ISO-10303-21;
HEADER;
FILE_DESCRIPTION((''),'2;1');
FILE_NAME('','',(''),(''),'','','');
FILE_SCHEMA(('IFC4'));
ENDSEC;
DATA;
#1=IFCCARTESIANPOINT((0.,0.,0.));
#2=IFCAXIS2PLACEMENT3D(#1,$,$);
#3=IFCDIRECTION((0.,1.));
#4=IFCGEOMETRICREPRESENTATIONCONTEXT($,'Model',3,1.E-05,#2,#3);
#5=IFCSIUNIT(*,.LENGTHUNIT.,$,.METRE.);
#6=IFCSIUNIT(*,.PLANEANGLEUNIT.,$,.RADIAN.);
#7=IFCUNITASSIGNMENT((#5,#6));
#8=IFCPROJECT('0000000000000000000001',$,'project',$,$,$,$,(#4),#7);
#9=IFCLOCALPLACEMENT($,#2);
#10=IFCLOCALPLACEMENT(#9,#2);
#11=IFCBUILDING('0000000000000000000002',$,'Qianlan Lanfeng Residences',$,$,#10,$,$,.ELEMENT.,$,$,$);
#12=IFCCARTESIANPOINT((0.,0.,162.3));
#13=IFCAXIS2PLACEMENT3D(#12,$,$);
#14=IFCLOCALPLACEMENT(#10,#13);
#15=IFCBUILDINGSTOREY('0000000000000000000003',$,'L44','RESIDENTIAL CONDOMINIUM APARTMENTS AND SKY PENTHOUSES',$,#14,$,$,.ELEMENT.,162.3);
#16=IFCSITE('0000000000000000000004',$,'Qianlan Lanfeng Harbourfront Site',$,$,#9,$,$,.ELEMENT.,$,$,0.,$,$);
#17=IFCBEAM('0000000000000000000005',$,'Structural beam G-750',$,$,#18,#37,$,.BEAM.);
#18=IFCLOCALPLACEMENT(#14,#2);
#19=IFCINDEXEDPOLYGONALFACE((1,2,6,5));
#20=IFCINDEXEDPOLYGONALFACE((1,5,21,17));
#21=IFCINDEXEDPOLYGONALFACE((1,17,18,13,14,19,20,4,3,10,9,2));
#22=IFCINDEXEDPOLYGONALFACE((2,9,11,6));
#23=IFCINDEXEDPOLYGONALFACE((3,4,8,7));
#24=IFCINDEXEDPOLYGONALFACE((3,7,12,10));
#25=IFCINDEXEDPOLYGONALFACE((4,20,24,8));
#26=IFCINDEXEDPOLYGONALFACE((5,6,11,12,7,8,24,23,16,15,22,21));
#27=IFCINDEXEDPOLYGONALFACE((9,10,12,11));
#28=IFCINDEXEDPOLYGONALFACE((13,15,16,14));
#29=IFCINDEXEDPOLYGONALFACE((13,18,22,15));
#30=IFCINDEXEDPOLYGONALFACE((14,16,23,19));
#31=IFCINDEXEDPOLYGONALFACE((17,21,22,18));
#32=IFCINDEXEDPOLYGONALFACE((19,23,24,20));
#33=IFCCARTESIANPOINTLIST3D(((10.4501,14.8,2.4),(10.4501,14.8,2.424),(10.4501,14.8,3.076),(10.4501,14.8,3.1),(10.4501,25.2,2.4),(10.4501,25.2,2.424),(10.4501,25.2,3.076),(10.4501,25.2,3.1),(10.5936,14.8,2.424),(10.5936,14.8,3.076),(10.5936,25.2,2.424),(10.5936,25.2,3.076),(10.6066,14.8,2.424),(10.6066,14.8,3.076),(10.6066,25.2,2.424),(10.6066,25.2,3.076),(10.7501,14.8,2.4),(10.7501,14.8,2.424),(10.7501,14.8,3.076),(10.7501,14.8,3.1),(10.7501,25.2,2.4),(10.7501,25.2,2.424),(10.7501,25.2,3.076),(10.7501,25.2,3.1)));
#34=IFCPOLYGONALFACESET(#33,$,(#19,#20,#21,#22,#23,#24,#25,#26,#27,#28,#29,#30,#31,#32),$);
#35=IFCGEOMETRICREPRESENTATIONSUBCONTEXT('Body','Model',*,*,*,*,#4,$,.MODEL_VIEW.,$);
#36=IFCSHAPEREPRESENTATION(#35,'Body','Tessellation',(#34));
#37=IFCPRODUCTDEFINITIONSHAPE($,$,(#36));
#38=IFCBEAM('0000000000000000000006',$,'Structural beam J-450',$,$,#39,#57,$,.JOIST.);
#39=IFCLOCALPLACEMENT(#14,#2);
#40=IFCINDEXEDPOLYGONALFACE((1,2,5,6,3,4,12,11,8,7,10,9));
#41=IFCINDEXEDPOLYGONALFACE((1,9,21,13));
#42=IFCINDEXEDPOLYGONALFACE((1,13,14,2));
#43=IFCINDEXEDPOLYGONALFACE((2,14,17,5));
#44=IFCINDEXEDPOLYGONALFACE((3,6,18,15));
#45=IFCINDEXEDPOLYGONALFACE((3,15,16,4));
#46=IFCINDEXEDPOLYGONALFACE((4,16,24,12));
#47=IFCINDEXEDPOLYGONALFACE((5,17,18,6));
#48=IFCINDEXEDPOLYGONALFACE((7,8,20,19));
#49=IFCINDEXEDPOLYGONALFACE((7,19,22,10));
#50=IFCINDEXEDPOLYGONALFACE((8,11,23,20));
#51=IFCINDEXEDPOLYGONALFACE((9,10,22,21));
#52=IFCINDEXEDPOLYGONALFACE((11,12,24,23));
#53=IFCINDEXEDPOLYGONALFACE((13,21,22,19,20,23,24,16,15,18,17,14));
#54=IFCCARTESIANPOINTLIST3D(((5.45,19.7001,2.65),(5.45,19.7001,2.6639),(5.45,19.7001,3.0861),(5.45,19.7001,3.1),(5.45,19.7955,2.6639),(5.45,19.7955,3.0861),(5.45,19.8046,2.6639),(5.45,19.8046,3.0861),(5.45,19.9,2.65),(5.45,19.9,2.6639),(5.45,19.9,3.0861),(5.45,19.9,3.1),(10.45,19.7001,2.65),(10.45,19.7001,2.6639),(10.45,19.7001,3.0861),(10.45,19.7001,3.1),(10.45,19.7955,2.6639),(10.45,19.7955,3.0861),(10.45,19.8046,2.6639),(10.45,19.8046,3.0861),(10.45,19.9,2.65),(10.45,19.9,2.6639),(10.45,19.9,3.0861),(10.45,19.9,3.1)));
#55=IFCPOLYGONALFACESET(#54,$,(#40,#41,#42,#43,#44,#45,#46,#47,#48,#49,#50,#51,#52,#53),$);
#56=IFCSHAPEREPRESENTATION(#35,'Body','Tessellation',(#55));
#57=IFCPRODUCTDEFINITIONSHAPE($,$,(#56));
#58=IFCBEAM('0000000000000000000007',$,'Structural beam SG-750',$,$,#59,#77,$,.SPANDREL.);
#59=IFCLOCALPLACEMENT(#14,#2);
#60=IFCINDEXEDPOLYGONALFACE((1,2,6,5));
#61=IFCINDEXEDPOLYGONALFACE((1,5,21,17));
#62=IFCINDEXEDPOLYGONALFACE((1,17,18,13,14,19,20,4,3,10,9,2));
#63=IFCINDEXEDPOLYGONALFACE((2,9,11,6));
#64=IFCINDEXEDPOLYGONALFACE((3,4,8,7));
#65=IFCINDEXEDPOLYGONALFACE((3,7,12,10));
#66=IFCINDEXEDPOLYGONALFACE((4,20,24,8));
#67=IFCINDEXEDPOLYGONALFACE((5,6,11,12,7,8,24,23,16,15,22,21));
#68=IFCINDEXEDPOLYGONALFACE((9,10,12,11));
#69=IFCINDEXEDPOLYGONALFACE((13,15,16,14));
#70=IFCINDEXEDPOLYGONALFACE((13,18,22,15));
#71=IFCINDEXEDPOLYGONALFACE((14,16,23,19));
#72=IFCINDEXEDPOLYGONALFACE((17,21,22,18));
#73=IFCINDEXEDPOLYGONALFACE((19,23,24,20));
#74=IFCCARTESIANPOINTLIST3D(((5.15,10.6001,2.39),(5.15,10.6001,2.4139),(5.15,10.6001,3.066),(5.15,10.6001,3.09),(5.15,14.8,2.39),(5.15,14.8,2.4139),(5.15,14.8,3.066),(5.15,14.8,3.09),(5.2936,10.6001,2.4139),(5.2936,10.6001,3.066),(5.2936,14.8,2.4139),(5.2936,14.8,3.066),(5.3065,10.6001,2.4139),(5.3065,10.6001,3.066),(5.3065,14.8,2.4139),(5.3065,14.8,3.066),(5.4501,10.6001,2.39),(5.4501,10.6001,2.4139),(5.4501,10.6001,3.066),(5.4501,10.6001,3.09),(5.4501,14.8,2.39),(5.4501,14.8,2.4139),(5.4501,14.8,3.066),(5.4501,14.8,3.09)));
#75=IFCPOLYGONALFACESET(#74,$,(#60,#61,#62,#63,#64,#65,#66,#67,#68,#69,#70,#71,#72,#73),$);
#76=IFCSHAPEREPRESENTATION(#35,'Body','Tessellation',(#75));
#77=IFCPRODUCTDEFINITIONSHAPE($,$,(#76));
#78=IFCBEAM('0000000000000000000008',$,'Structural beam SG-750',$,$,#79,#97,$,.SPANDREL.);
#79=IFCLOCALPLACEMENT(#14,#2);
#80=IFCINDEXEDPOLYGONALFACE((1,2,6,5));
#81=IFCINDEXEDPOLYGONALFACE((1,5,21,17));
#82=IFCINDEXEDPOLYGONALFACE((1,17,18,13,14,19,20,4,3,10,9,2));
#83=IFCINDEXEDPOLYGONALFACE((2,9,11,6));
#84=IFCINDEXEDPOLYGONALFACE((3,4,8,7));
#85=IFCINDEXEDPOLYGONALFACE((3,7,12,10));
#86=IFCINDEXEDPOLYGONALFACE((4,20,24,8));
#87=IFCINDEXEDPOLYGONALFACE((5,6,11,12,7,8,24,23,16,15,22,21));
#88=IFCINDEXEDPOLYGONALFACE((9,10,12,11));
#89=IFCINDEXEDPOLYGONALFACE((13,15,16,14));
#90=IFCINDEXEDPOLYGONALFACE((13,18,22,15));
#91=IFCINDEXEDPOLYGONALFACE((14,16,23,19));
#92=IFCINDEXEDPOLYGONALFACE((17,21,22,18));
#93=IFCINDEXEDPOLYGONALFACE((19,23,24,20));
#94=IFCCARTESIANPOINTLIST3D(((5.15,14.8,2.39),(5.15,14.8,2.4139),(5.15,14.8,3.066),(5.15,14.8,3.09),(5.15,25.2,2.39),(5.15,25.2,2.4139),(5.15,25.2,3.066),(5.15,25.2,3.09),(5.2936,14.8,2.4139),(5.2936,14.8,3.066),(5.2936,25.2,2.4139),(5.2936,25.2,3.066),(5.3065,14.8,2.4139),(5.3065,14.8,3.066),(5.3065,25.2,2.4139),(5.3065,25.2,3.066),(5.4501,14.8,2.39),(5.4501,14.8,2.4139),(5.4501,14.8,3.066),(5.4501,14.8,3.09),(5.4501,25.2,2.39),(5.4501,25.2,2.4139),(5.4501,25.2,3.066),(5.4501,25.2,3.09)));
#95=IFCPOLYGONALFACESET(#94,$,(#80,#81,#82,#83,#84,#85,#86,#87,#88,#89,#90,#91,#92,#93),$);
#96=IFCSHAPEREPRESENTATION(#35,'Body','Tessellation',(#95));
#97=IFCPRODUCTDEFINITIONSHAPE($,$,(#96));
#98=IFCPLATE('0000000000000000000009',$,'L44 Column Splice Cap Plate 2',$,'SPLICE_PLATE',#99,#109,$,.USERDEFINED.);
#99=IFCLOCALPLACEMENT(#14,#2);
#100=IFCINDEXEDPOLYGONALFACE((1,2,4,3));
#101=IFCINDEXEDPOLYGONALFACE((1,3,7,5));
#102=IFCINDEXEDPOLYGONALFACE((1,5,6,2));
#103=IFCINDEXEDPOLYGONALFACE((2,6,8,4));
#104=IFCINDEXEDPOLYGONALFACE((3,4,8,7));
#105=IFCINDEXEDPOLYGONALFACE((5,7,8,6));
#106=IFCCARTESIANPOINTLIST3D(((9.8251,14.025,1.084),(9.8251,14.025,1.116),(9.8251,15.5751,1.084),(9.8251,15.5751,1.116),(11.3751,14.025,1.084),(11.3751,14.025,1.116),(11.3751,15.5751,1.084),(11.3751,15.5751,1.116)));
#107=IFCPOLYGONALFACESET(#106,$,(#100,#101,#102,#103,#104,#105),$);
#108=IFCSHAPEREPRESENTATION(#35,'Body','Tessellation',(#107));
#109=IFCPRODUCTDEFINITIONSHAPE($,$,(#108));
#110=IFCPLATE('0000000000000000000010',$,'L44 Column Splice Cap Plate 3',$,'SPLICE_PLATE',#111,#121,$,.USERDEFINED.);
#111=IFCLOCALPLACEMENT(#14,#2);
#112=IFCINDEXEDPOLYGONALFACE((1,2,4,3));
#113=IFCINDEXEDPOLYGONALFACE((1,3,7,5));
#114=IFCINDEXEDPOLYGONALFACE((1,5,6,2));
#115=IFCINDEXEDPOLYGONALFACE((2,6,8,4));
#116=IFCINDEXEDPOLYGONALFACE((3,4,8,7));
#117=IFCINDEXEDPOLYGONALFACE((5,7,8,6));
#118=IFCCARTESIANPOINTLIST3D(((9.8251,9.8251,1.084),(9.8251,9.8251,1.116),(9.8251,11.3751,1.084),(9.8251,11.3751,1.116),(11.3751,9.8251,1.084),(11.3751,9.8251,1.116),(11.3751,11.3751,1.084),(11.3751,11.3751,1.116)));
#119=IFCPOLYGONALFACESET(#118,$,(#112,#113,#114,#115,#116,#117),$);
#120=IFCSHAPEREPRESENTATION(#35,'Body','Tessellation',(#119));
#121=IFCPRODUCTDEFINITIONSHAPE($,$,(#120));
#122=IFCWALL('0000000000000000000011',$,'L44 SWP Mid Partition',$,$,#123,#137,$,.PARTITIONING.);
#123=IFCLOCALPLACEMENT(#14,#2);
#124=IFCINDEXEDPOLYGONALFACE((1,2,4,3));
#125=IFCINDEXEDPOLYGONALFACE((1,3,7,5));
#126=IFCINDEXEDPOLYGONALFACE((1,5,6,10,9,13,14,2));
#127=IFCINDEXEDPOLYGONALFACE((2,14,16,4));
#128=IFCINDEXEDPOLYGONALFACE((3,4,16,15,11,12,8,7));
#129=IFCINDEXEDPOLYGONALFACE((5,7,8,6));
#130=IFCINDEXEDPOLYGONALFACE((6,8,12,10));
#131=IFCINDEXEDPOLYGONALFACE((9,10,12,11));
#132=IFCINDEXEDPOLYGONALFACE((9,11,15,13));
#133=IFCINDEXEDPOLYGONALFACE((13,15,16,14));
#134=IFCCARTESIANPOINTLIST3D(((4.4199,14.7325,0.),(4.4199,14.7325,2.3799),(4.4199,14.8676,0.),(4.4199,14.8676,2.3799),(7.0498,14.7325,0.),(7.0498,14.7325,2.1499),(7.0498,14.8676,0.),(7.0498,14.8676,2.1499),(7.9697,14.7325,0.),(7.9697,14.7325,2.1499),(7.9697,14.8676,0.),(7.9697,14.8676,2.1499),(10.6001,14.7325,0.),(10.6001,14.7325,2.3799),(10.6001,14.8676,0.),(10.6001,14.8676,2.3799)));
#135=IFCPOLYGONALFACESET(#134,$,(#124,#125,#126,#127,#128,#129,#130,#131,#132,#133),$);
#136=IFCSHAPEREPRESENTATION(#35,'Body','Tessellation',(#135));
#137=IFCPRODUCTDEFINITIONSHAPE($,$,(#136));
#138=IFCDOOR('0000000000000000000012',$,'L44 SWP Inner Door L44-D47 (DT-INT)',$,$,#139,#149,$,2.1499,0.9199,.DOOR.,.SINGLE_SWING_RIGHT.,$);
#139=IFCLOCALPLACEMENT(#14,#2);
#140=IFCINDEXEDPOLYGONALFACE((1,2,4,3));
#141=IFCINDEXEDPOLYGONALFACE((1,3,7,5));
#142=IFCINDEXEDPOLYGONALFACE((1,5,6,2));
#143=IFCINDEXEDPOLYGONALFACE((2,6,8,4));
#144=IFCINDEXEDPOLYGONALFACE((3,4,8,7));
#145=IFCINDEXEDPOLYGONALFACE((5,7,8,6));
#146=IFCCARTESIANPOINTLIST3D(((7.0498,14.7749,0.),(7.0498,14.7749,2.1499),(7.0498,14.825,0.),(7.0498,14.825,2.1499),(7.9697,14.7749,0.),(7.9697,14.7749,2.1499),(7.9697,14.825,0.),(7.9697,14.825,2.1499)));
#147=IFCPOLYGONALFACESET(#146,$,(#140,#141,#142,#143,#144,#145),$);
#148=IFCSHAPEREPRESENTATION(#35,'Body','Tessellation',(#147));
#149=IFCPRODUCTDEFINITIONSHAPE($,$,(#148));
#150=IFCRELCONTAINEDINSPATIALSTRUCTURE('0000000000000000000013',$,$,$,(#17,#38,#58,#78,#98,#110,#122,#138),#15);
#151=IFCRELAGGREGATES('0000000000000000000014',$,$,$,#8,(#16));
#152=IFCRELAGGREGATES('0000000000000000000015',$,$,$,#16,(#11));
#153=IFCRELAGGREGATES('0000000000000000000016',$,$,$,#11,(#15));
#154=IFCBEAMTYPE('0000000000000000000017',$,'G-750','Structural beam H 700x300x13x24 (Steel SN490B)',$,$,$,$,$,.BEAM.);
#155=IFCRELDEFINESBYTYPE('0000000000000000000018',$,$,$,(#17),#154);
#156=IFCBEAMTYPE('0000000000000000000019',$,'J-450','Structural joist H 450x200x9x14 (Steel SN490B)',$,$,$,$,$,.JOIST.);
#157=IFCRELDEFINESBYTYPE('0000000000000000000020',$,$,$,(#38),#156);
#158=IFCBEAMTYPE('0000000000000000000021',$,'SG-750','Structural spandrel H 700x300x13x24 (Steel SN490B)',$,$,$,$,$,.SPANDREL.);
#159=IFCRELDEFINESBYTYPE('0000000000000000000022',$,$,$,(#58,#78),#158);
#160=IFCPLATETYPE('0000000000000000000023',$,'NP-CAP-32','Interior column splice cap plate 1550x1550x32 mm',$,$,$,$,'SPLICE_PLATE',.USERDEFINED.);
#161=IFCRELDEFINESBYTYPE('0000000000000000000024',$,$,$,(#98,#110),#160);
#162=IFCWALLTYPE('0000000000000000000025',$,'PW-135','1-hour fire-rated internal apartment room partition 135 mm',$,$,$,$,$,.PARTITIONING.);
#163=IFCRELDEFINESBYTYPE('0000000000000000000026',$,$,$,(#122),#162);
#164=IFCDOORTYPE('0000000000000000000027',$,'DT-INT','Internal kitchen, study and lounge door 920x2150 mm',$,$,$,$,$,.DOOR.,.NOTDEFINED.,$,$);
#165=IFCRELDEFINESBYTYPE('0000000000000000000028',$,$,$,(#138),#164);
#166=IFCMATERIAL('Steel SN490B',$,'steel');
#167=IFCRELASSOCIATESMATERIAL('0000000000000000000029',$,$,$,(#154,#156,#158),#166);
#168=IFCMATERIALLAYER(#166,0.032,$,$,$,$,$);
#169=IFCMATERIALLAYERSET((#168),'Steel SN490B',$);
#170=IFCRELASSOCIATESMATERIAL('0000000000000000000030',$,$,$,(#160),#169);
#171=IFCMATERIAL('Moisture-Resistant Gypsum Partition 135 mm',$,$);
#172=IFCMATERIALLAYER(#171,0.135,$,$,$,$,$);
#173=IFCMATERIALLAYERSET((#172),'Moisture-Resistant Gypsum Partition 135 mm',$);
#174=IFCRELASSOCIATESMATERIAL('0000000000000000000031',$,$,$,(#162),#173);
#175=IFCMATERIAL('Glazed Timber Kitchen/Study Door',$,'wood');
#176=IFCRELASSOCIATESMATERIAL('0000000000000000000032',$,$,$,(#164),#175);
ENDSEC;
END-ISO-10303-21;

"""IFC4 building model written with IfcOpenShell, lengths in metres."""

from ifc_helpers import new_model, si_unit, direction, frame, frame_2d, origin, origin_2d, place, context, subcontext, project, spatial, rectangle, i_section, extrude, source, transform, mapped, material, layer, layer_set, material_profile, profile_set, type_object, element, fill, save


model = new_model("IFC4")

# Units and contexts
model_context = context("Model", 3, precision=1e-05, world=origin(), true_north=direction((0.0, 1.0)))
body_context = subcontext(model_context, "Body", "Model", "MODEL_VIEW")
ifc_project = project(units=[si_unit("LENGTHUNIT", "METRE"), si_unit("PLANEANGLEUNIT", "RADIAN")], contexts=[model_context])

# Site, building, storey
site_placement = place(None, origin())
site = spatial("IfcSite", under=ifc_project, at=site_placement, Name="Qianlan Lanfeng Harbourfront Site", CompositionType="ELEMENT", RefElevation=0.0)
building_placement = place(site_placement, origin())
building = spatial("IfcBuilding", under=site, at=building_placement, Name="Qianlan Lanfeng Residences", CompositionType="ELEMENT")
storey_placement = place(building_placement, frame((0.0, 0.0, 162.3)))
storey = spatial("IfcBuildingStorey", under=building, at=storey_placement, Name="L44", Description="RESIDENTIAL CONDOMINIUM APARTMENTS AND SKY PENTHOUSES", CompositionType="ELEMENT", Elevation=162.3)

# Shared definitions
ifc_material_1 = material(Name="Steel SN490B", Category="steel")

# Beams
ifc_material_profile_1 = material_profile(ifc_material_1, i_section(OverallWidth=0.3, OverallDepth=0.7, WebThickness=0.0129, FlangeThickness=0.0239, at=origin_2d()), Name="H 700x300x13x24")
ifc_profile_set_1 = profile_set([ifc_material_profile_1], Name="Steel SN490B")
beam_type_1 = type_object("IfcBeamType", Name="G-750", Description="Structural beam H 700x300x13x24 (Steel SN490B)", PredefinedType="BEAM", material=ifc_profile_set_1)
beam_1_placement = place(storey_placement, frame((10.6001, 14.8, 2.75), z_axis=(0.0, 1.0, 0.0), x_axis=(-1.0, 0.0, 0.0)))
element("IfcBeam", 1, at=beam_1_placement, inside=storey, type_object=beam_type_1, Name="Structural beam G-750", PredefinedType="BEAM", context=body_context, shape_type="SweptSolid", body=[
    extrude(i_section(OverallWidth=0.3, OverallDepth=0.7, WebThickness=0.0129, FlangeThickness=0.0239, at=origin_2d()), origin(), (0.0, 0.0, 1.0), 10.3999),
])
ifc_material_profile_2 = material_profile(ifc_material_1, i_section(OverallWidth=0.2, OverallDepth=0.45, WebThickness=0.009, FlangeThickness=0.0139, at=origin_2d()), Name="H 450x200x9x14")
ifc_profile_set_2 = profile_set([ifc_material_profile_2], Name="Steel SN490B")
beam_type_2 = type_object("IfcBeamType", Name="J-450", Description="Structural joist H 450x200x9x14 (Steel SN490B)", PredefinedType="JOIST", material=ifc_profile_set_2)
beam_2_placement = place(storey_placement, frame((5.45, 19.8, 2.875), z_axis=(1.0, 0.0, 0.0), x_axis=(0.0, 1.0, 0.0)))
element("IfcBeam", 2, at=beam_2_placement, inside=storey, type_object=beam_type_2, Name="Structural beam J-450", PredefinedType="JOIST", context=body_context, shape_type="SweptSolid", body=[
    extrude(i_section(OverallWidth=0.2, OverallDepth=0.45, WebThickness=0.009, FlangeThickness=0.0139, at=origin_2d()), origin(), (0.0, 0.0, 1.0), 5.0),
])
ifc_material_profile_3 = material_profile(ifc_material_1, i_section(OverallWidth=0.3, OverallDepth=0.7, WebThickness=0.0129, FlangeThickness=0.0239, at=origin_2d()), Name="H 700x300x13x24")
ifc_profile_set_3 = profile_set([ifc_material_profile_3], Name="Steel SN490B")
beam_type_3 = type_object("IfcBeamType", Name="SG-750", Description="Structural spandrel H 700x300x13x24 (Steel SN490B)", PredefinedType="SPANDREL", material=ifc_profile_set_3)
beam_3_placement = place(storey_placement, frame((5.3, 10.6001, 2.74), z_axis=(0.0, 1.0, 0.0), x_axis=(-1.0, 0.0, 0.0)))
element("IfcBeam", 3, at=beam_3_placement, inside=storey, type_object=beam_type_3, Name="Structural beam SG-750", PredefinedType="SPANDREL", context=body_context, shape_type="SweptSolid", body=[
    extrude(i_section(OverallWidth=0.3, OverallDepth=0.7, WebThickness=0.0129, FlangeThickness=0.0239, at=origin_2d()), origin(), (0.0, 0.0, 1.0), 4.2),
])
beam_4_placement = place(storey_placement, frame((5.3, 14.8, 2.74), z_axis=(0.0, 1.0, 0.0), x_axis=(-1.0, 0.0, 0.0)))
element("IfcBeam", 4, at=beam_4_placement, inside=storey, type_object=beam_type_3, Name="Structural beam SG-750", PredefinedType="SPANDREL", context=body_context, shape_type="SweptSolid", body=[
    extrude(i_section(OverallWidth=0.3, OverallDepth=0.7, WebThickness=0.0129, FlangeThickness=0.0239, at=origin_2d()), origin(), (0.0, 0.0, 1.0), 10.3999),
])

# Plates
ifc_layer_1 = layer(ifc_material_1, 0.032)
ifc_layer_set_1 = layer_set([ifc_layer_1], Name="Steel SN490B")
plate_type = type_object("IfcPlateType", Name="NP-CAP-32", Description="Interior column splice cap plate 1550x1550x32 mm", ElementType="SPLICE_PLATE", PredefinedType="USERDEFINED", material=ifc_layer_set_1)
shared_shape = source(origin(), body_context, "Body", "SweptSolid", [
    extrude(rectangle(XDim=1.55, YDim=1.55, at=origin_2d()), origin(), (0.0, 0.0, 1.0), 0.032),
])
for number, where, z_axis, x_axis, name in (
    (5, (10.6001, 14.8, 1.084), (0.0, 0.0, 1.0), (1.0, 0.0, 0.0), "L44 Column Splice Cap Plate 2"),
    (6, (10.6001, 10.6001, 1.084), (0.0, 0.0, 1.0), (1.0, 0.0, 0.0), "L44 Column Splice Cap Plate 3"),
):
    element("IfcPlate", number, at=place(storey_placement, frame(where, z_axis=z_axis, x_axis=x_axis)), inside=storey, type_object=plate_type, Name=name, ObjectType="SPLICE_PLATE", PredefinedType="USERDEFINED", context=body_context, shape_type="MappedRepresentation", body=[
        mapped(shared_shape, transform((0.0, 0.0, 0.0), scale=1.0)),
    ])

# Wall, opening, door
ifc_material_2 = material(Name="Moisture-Resistant Gypsum Partition 135 mm")
ifc_layer_2 = layer(ifc_material_2, 0.135)
ifc_layer_set_2 = layer_set([ifc_layer_2], Name="Moisture-Resistant Gypsum Partition 135 mm")
wall_type_1 = type_object("IfcWallType", Name="PW-135", Description="1-hour fire-rated internal apartment room partition 135 mm", PredefinedType="PARTITIONING", material=ifc_layer_set_2)
ifc_material_3 = material(Name="Glazed Timber Kitchen/Study Door", Category="wood")
door_type_1 = type_object("IfcDoorType", Name="DT-INT", Description="Internal kitchen, study and lounge door 920x2150 mm", OperationType="NOTDEFINED", PredefinedType="DOOR", material=ifc_material_3)
wall_1_placement = place(storey_placement, frame((4.4199, 14.8, 0.0), z_axis=(0.0, 0.0, 1.0), x_axis=(1.0, 0.0, 0.0)))
wall_1 = element("IfcWall", 7, at=wall_1_placement, inside=storey, type_object=wall_type_1, Name="L44 SWP Mid Partition", PredefinedType="PARTITIONING", context=body_context, shape_type="SweptSolid", body=[
    extrude(rectangle(XDim=6.1802, YDim=0.135, at=frame_2d((3.0901, 0.0))), origin(), (0.0, 0.0, 1.0), 2.3799),
])
opening_1_placement = place(wall_1_placement, frame((2.6299, 0.0, 0.0)))
opening_1 = element("IfcOpeningElement", 8, at=opening_1_placement, cuts=wall_1, PredefinedType="OPENING", context=body_context, shape_type="SweptSolid", body=[
    extrude(rectangle(XDim=0.9199, YDim=2.1499, at=frame_2d((0.46, 1.075))), frame((0.0, 0.0776, 0.0), z_axis=(0.0, -1.0, 0.0), x_axis=(1.0, 0.0, 0.0)), (0.0, 0.0, 1.0), 0.155),
])
door_1_placement = place(opening_1_placement, origin())
door_1 = element("IfcDoor", 9, at=door_1_placement, inside=storey, type_object=door_type_1, Name="L44 SWP Inner Door L44-D47 (DT-INT)", OperationType="SINGLE_SWING_RIGHT", OverallHeight=2.1499, OverallWidth=0.9199, PredefinedType="DOOR", context=body_context, shape_type="SweptSolid", body=[
    extrude(rectangle(XDim=0.9199, YDim=2.1499, at=frame_2d((0.46, 1.075))), frame((0.0, 0.0249, 0.0), z_axis=(0.0, -1.0, 0.0), x_axis=(1.0, 0.0, 0.0)), (0.0, 0.0, 1.0), 0.05),
])
fill(opening_1, door_1)

save(model, "model.ifc")
